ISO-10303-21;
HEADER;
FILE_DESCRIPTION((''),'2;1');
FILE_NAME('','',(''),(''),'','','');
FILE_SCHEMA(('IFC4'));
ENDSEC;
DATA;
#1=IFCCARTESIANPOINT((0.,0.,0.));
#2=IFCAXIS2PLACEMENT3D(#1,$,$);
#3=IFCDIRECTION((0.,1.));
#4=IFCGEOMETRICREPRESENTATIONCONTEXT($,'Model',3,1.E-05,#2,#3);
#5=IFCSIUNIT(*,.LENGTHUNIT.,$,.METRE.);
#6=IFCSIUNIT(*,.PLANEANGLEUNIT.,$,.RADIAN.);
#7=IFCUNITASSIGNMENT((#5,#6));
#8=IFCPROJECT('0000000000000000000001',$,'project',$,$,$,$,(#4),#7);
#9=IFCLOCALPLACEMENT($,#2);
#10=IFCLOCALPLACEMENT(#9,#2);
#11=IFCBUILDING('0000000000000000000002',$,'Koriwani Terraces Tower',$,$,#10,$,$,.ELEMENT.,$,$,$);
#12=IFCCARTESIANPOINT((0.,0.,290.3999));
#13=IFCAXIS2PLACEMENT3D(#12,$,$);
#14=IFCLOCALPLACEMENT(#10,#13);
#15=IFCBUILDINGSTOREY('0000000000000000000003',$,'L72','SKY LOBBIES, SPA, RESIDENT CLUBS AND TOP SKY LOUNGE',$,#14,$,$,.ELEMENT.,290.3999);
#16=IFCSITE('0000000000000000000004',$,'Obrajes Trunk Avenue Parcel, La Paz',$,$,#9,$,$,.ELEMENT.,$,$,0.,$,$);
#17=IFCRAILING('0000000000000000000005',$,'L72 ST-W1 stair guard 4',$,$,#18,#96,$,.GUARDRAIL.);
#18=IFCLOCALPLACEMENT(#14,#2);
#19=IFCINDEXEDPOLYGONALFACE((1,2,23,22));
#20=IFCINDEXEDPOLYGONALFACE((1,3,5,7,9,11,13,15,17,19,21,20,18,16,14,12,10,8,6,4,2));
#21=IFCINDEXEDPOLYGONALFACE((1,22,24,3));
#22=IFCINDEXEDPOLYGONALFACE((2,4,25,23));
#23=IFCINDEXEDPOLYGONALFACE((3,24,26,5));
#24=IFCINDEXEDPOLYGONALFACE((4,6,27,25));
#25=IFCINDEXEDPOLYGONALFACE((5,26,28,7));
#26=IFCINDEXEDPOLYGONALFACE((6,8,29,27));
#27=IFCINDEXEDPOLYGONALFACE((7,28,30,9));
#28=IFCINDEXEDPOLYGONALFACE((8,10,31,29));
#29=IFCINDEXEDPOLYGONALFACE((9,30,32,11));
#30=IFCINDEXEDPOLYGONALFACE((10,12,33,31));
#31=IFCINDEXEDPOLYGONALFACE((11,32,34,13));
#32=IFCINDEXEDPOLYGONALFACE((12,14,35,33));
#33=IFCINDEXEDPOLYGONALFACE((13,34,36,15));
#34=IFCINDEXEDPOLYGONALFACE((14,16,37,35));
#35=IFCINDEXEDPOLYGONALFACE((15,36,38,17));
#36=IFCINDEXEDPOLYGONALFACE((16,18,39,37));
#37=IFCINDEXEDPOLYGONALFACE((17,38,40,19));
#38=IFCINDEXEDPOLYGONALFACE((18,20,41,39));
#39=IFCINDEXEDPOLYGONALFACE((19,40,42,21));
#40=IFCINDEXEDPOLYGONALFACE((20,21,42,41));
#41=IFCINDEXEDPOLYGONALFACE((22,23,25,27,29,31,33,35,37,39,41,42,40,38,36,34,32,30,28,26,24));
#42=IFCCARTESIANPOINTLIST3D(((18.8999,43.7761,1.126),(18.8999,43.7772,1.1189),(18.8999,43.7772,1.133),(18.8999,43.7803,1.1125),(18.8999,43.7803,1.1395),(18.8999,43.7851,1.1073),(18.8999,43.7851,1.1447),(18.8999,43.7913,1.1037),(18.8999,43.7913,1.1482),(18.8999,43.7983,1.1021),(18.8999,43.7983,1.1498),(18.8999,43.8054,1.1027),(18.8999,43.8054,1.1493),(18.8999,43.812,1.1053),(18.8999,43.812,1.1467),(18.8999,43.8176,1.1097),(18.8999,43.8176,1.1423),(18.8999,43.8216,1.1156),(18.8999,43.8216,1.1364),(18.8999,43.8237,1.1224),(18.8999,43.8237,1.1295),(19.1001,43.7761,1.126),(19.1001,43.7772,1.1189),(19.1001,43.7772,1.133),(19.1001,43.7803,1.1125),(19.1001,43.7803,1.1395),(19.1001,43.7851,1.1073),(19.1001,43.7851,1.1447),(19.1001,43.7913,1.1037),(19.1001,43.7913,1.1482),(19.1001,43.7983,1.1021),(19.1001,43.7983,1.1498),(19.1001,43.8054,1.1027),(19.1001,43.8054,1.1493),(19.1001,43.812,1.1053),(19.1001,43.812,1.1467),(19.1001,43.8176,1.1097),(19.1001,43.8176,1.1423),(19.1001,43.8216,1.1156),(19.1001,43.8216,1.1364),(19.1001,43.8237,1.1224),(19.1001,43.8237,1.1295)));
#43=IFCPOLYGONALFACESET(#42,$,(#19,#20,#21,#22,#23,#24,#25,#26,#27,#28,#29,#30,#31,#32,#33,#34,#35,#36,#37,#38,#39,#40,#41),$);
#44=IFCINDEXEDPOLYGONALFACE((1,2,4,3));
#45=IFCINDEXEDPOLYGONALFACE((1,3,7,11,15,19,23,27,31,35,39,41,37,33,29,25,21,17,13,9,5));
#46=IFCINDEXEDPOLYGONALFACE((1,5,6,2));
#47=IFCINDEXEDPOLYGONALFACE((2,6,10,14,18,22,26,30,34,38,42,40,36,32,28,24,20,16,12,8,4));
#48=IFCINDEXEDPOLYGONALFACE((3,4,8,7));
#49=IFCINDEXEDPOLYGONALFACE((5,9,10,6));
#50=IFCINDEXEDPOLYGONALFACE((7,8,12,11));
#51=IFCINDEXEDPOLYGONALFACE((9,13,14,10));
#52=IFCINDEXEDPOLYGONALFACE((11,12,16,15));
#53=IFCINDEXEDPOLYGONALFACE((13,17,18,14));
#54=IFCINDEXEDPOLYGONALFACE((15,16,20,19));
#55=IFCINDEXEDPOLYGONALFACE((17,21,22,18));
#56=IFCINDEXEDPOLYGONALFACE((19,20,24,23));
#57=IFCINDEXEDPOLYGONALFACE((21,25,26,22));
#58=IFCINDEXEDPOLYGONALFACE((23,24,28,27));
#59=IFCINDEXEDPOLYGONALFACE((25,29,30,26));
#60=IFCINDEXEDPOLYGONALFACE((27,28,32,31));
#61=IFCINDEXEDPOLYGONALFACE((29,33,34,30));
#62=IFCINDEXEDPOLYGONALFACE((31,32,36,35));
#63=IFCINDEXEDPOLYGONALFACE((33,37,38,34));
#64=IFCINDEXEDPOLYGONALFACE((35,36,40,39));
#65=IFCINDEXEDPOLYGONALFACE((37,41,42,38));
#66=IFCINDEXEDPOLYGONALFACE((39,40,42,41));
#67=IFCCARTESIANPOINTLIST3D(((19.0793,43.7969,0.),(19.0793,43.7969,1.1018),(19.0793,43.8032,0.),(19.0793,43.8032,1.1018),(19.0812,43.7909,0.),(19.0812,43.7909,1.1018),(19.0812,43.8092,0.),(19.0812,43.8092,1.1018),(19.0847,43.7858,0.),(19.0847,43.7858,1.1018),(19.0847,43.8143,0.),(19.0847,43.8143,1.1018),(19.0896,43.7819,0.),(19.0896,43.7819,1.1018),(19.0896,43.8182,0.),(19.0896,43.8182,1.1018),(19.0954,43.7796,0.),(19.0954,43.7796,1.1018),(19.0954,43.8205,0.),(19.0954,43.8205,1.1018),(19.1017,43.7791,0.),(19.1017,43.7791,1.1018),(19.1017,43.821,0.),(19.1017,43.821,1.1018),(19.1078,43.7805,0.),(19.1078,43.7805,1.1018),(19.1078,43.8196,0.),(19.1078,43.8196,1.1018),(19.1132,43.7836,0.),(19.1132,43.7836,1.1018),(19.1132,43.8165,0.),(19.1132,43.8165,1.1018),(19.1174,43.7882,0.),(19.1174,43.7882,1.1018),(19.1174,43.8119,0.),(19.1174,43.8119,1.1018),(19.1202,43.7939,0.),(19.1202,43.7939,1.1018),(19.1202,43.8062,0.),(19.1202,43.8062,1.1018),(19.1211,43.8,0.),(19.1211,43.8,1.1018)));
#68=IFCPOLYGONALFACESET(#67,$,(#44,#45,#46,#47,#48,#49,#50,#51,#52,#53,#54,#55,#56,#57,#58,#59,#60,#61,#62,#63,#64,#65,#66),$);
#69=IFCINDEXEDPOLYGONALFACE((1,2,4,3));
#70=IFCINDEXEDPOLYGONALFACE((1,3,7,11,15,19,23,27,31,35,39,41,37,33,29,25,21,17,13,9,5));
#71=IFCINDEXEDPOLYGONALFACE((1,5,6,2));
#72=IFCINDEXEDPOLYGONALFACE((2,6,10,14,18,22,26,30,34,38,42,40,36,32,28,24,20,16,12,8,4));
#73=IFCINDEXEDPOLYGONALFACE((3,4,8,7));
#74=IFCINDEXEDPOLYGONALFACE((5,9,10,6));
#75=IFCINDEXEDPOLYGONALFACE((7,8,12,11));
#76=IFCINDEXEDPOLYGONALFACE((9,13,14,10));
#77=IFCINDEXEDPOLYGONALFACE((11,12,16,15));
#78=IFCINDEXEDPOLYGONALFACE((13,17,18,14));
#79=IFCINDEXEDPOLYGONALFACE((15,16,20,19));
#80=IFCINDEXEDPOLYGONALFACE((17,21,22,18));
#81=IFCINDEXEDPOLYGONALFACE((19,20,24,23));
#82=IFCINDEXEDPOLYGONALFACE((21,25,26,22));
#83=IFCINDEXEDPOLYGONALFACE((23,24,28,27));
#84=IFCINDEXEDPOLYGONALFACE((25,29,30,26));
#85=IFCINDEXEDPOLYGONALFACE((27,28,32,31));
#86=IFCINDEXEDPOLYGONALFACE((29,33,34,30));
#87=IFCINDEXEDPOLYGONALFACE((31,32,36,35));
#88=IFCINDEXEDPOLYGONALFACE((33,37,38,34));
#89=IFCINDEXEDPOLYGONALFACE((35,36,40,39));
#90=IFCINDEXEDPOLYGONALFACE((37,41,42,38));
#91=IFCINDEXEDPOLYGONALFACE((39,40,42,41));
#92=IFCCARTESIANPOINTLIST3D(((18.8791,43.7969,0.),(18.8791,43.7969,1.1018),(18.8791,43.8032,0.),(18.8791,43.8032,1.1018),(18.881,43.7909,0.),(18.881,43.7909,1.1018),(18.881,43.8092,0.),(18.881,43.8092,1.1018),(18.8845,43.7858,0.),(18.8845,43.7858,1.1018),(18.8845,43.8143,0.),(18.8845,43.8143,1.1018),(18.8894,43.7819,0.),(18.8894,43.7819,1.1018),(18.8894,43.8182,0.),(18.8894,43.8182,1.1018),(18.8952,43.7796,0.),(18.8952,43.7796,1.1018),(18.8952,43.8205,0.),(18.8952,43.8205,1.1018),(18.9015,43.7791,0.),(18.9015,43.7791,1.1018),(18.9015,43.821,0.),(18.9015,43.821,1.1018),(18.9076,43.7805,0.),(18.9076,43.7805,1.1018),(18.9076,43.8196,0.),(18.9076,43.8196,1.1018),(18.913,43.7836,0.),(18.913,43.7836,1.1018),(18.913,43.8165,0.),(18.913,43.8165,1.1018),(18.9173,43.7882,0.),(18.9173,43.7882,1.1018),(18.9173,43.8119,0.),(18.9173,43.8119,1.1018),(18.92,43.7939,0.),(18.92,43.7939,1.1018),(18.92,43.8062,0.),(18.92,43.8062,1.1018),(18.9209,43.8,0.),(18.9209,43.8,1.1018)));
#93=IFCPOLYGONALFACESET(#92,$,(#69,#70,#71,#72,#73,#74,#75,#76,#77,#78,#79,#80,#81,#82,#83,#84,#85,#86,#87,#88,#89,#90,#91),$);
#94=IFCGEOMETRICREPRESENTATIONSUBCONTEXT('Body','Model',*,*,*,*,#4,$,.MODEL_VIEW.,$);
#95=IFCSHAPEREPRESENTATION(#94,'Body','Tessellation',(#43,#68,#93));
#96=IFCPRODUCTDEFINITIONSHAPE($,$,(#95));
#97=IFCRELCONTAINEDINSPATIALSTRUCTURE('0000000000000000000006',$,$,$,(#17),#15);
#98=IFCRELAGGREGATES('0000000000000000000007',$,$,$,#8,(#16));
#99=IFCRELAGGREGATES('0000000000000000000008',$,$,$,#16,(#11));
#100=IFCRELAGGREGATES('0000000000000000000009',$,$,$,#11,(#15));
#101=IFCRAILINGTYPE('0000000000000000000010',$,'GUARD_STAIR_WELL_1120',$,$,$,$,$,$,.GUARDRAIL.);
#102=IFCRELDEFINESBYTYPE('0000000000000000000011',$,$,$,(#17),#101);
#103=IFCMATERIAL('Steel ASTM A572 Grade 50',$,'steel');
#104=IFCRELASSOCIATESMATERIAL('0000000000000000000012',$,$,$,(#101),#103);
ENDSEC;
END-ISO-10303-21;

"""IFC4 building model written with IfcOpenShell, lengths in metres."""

from ifc_helpers import new_model, si_unit, direction, frame, origin, origin_2d, place, context, subcontext, project, spatial, circle, extrude, material, type_object, element, save


model = new_model("IFC4")

# Units and contexts
model_context = context("Model", 3, precision=1e-05, world=origin(), true_north=direction((0.0, 1.0)))
body_context = subcontext(model_context, "Body", "Model", "MODEL_VIEW")
ifc_project = project(units=[si_unit("LENGTHUNIT", "METRE"), si_unit("PLANEANGLEUNIT", "RADIAN")], contexts=[model_context])

# Site, building, storey
site_placement = place(None, origin())
site = spatial("IfcSite", under=ifc_project, at=site_placement, Name="Obrajes Trunk Avenue Parcel, La Paz", CompositionType="ELEMENT", RefElevation=0.0)
building_placement = place(site_placement, origin())
building = spatial("IfcBuilding", under=site, at=building_placement, Name="Koriwani Terraces Tower", CompositionType="ELEMENT")
storey_placement = place(building_placement, frame((0.0, 0.0, 290.3999)))
storey = spatial("IfcBuildingStorey", under=building, at=storey_placement, Name="L72", Description="SKY LOBBIES, SPA, RESIDENT CLUBS AND TOP SKY LOUNGE", CompositionType="ELEMENT", Elevation=290.3999)

# Railing
ifc_material_1 = material(Name="Steel ASTM A572 Grade 50", Category="steel")
railing_type_1 = type_object("IfcRailingType", Name="GUARD_STAIR_WELL_1120", PredefinedType="GUARDRAIL", material=ifc_material_1)
railing_1_placement = place(storey_placement, frame((19.1001, 43.8, 0.0)))
element("IfcRailing", 1, at=railing_1_placement, inside=storey, type_object=railing_type_1, Name="L72 ST-W1 stair guard 4", PredefinedType="GUARDRAIL", context=body_context, shape_type="SweptSolid", body=[
    extrude(circle(Radius=0.0239, at=origin_2d()), frame((0.0, 0.0, 1.126), z_axis=(-1.0, 0.0, 0.0), x_axis=(0.0, -1.0, 0.0)), (0.0, 0.0, 1.0), 0.2002),
    extrude(circle(Radius=0.021, at=origin_2d()), origin(), (0.0, 0.0, 1.0), 1.1018),
    extrude(circle(Radius=0.021, at=origin_2d()), frame((-0.2002, 0.0, 0.0)), (0.0, 0.0, 1.0), 1.1018),
])

save(model, "model.ifc")
